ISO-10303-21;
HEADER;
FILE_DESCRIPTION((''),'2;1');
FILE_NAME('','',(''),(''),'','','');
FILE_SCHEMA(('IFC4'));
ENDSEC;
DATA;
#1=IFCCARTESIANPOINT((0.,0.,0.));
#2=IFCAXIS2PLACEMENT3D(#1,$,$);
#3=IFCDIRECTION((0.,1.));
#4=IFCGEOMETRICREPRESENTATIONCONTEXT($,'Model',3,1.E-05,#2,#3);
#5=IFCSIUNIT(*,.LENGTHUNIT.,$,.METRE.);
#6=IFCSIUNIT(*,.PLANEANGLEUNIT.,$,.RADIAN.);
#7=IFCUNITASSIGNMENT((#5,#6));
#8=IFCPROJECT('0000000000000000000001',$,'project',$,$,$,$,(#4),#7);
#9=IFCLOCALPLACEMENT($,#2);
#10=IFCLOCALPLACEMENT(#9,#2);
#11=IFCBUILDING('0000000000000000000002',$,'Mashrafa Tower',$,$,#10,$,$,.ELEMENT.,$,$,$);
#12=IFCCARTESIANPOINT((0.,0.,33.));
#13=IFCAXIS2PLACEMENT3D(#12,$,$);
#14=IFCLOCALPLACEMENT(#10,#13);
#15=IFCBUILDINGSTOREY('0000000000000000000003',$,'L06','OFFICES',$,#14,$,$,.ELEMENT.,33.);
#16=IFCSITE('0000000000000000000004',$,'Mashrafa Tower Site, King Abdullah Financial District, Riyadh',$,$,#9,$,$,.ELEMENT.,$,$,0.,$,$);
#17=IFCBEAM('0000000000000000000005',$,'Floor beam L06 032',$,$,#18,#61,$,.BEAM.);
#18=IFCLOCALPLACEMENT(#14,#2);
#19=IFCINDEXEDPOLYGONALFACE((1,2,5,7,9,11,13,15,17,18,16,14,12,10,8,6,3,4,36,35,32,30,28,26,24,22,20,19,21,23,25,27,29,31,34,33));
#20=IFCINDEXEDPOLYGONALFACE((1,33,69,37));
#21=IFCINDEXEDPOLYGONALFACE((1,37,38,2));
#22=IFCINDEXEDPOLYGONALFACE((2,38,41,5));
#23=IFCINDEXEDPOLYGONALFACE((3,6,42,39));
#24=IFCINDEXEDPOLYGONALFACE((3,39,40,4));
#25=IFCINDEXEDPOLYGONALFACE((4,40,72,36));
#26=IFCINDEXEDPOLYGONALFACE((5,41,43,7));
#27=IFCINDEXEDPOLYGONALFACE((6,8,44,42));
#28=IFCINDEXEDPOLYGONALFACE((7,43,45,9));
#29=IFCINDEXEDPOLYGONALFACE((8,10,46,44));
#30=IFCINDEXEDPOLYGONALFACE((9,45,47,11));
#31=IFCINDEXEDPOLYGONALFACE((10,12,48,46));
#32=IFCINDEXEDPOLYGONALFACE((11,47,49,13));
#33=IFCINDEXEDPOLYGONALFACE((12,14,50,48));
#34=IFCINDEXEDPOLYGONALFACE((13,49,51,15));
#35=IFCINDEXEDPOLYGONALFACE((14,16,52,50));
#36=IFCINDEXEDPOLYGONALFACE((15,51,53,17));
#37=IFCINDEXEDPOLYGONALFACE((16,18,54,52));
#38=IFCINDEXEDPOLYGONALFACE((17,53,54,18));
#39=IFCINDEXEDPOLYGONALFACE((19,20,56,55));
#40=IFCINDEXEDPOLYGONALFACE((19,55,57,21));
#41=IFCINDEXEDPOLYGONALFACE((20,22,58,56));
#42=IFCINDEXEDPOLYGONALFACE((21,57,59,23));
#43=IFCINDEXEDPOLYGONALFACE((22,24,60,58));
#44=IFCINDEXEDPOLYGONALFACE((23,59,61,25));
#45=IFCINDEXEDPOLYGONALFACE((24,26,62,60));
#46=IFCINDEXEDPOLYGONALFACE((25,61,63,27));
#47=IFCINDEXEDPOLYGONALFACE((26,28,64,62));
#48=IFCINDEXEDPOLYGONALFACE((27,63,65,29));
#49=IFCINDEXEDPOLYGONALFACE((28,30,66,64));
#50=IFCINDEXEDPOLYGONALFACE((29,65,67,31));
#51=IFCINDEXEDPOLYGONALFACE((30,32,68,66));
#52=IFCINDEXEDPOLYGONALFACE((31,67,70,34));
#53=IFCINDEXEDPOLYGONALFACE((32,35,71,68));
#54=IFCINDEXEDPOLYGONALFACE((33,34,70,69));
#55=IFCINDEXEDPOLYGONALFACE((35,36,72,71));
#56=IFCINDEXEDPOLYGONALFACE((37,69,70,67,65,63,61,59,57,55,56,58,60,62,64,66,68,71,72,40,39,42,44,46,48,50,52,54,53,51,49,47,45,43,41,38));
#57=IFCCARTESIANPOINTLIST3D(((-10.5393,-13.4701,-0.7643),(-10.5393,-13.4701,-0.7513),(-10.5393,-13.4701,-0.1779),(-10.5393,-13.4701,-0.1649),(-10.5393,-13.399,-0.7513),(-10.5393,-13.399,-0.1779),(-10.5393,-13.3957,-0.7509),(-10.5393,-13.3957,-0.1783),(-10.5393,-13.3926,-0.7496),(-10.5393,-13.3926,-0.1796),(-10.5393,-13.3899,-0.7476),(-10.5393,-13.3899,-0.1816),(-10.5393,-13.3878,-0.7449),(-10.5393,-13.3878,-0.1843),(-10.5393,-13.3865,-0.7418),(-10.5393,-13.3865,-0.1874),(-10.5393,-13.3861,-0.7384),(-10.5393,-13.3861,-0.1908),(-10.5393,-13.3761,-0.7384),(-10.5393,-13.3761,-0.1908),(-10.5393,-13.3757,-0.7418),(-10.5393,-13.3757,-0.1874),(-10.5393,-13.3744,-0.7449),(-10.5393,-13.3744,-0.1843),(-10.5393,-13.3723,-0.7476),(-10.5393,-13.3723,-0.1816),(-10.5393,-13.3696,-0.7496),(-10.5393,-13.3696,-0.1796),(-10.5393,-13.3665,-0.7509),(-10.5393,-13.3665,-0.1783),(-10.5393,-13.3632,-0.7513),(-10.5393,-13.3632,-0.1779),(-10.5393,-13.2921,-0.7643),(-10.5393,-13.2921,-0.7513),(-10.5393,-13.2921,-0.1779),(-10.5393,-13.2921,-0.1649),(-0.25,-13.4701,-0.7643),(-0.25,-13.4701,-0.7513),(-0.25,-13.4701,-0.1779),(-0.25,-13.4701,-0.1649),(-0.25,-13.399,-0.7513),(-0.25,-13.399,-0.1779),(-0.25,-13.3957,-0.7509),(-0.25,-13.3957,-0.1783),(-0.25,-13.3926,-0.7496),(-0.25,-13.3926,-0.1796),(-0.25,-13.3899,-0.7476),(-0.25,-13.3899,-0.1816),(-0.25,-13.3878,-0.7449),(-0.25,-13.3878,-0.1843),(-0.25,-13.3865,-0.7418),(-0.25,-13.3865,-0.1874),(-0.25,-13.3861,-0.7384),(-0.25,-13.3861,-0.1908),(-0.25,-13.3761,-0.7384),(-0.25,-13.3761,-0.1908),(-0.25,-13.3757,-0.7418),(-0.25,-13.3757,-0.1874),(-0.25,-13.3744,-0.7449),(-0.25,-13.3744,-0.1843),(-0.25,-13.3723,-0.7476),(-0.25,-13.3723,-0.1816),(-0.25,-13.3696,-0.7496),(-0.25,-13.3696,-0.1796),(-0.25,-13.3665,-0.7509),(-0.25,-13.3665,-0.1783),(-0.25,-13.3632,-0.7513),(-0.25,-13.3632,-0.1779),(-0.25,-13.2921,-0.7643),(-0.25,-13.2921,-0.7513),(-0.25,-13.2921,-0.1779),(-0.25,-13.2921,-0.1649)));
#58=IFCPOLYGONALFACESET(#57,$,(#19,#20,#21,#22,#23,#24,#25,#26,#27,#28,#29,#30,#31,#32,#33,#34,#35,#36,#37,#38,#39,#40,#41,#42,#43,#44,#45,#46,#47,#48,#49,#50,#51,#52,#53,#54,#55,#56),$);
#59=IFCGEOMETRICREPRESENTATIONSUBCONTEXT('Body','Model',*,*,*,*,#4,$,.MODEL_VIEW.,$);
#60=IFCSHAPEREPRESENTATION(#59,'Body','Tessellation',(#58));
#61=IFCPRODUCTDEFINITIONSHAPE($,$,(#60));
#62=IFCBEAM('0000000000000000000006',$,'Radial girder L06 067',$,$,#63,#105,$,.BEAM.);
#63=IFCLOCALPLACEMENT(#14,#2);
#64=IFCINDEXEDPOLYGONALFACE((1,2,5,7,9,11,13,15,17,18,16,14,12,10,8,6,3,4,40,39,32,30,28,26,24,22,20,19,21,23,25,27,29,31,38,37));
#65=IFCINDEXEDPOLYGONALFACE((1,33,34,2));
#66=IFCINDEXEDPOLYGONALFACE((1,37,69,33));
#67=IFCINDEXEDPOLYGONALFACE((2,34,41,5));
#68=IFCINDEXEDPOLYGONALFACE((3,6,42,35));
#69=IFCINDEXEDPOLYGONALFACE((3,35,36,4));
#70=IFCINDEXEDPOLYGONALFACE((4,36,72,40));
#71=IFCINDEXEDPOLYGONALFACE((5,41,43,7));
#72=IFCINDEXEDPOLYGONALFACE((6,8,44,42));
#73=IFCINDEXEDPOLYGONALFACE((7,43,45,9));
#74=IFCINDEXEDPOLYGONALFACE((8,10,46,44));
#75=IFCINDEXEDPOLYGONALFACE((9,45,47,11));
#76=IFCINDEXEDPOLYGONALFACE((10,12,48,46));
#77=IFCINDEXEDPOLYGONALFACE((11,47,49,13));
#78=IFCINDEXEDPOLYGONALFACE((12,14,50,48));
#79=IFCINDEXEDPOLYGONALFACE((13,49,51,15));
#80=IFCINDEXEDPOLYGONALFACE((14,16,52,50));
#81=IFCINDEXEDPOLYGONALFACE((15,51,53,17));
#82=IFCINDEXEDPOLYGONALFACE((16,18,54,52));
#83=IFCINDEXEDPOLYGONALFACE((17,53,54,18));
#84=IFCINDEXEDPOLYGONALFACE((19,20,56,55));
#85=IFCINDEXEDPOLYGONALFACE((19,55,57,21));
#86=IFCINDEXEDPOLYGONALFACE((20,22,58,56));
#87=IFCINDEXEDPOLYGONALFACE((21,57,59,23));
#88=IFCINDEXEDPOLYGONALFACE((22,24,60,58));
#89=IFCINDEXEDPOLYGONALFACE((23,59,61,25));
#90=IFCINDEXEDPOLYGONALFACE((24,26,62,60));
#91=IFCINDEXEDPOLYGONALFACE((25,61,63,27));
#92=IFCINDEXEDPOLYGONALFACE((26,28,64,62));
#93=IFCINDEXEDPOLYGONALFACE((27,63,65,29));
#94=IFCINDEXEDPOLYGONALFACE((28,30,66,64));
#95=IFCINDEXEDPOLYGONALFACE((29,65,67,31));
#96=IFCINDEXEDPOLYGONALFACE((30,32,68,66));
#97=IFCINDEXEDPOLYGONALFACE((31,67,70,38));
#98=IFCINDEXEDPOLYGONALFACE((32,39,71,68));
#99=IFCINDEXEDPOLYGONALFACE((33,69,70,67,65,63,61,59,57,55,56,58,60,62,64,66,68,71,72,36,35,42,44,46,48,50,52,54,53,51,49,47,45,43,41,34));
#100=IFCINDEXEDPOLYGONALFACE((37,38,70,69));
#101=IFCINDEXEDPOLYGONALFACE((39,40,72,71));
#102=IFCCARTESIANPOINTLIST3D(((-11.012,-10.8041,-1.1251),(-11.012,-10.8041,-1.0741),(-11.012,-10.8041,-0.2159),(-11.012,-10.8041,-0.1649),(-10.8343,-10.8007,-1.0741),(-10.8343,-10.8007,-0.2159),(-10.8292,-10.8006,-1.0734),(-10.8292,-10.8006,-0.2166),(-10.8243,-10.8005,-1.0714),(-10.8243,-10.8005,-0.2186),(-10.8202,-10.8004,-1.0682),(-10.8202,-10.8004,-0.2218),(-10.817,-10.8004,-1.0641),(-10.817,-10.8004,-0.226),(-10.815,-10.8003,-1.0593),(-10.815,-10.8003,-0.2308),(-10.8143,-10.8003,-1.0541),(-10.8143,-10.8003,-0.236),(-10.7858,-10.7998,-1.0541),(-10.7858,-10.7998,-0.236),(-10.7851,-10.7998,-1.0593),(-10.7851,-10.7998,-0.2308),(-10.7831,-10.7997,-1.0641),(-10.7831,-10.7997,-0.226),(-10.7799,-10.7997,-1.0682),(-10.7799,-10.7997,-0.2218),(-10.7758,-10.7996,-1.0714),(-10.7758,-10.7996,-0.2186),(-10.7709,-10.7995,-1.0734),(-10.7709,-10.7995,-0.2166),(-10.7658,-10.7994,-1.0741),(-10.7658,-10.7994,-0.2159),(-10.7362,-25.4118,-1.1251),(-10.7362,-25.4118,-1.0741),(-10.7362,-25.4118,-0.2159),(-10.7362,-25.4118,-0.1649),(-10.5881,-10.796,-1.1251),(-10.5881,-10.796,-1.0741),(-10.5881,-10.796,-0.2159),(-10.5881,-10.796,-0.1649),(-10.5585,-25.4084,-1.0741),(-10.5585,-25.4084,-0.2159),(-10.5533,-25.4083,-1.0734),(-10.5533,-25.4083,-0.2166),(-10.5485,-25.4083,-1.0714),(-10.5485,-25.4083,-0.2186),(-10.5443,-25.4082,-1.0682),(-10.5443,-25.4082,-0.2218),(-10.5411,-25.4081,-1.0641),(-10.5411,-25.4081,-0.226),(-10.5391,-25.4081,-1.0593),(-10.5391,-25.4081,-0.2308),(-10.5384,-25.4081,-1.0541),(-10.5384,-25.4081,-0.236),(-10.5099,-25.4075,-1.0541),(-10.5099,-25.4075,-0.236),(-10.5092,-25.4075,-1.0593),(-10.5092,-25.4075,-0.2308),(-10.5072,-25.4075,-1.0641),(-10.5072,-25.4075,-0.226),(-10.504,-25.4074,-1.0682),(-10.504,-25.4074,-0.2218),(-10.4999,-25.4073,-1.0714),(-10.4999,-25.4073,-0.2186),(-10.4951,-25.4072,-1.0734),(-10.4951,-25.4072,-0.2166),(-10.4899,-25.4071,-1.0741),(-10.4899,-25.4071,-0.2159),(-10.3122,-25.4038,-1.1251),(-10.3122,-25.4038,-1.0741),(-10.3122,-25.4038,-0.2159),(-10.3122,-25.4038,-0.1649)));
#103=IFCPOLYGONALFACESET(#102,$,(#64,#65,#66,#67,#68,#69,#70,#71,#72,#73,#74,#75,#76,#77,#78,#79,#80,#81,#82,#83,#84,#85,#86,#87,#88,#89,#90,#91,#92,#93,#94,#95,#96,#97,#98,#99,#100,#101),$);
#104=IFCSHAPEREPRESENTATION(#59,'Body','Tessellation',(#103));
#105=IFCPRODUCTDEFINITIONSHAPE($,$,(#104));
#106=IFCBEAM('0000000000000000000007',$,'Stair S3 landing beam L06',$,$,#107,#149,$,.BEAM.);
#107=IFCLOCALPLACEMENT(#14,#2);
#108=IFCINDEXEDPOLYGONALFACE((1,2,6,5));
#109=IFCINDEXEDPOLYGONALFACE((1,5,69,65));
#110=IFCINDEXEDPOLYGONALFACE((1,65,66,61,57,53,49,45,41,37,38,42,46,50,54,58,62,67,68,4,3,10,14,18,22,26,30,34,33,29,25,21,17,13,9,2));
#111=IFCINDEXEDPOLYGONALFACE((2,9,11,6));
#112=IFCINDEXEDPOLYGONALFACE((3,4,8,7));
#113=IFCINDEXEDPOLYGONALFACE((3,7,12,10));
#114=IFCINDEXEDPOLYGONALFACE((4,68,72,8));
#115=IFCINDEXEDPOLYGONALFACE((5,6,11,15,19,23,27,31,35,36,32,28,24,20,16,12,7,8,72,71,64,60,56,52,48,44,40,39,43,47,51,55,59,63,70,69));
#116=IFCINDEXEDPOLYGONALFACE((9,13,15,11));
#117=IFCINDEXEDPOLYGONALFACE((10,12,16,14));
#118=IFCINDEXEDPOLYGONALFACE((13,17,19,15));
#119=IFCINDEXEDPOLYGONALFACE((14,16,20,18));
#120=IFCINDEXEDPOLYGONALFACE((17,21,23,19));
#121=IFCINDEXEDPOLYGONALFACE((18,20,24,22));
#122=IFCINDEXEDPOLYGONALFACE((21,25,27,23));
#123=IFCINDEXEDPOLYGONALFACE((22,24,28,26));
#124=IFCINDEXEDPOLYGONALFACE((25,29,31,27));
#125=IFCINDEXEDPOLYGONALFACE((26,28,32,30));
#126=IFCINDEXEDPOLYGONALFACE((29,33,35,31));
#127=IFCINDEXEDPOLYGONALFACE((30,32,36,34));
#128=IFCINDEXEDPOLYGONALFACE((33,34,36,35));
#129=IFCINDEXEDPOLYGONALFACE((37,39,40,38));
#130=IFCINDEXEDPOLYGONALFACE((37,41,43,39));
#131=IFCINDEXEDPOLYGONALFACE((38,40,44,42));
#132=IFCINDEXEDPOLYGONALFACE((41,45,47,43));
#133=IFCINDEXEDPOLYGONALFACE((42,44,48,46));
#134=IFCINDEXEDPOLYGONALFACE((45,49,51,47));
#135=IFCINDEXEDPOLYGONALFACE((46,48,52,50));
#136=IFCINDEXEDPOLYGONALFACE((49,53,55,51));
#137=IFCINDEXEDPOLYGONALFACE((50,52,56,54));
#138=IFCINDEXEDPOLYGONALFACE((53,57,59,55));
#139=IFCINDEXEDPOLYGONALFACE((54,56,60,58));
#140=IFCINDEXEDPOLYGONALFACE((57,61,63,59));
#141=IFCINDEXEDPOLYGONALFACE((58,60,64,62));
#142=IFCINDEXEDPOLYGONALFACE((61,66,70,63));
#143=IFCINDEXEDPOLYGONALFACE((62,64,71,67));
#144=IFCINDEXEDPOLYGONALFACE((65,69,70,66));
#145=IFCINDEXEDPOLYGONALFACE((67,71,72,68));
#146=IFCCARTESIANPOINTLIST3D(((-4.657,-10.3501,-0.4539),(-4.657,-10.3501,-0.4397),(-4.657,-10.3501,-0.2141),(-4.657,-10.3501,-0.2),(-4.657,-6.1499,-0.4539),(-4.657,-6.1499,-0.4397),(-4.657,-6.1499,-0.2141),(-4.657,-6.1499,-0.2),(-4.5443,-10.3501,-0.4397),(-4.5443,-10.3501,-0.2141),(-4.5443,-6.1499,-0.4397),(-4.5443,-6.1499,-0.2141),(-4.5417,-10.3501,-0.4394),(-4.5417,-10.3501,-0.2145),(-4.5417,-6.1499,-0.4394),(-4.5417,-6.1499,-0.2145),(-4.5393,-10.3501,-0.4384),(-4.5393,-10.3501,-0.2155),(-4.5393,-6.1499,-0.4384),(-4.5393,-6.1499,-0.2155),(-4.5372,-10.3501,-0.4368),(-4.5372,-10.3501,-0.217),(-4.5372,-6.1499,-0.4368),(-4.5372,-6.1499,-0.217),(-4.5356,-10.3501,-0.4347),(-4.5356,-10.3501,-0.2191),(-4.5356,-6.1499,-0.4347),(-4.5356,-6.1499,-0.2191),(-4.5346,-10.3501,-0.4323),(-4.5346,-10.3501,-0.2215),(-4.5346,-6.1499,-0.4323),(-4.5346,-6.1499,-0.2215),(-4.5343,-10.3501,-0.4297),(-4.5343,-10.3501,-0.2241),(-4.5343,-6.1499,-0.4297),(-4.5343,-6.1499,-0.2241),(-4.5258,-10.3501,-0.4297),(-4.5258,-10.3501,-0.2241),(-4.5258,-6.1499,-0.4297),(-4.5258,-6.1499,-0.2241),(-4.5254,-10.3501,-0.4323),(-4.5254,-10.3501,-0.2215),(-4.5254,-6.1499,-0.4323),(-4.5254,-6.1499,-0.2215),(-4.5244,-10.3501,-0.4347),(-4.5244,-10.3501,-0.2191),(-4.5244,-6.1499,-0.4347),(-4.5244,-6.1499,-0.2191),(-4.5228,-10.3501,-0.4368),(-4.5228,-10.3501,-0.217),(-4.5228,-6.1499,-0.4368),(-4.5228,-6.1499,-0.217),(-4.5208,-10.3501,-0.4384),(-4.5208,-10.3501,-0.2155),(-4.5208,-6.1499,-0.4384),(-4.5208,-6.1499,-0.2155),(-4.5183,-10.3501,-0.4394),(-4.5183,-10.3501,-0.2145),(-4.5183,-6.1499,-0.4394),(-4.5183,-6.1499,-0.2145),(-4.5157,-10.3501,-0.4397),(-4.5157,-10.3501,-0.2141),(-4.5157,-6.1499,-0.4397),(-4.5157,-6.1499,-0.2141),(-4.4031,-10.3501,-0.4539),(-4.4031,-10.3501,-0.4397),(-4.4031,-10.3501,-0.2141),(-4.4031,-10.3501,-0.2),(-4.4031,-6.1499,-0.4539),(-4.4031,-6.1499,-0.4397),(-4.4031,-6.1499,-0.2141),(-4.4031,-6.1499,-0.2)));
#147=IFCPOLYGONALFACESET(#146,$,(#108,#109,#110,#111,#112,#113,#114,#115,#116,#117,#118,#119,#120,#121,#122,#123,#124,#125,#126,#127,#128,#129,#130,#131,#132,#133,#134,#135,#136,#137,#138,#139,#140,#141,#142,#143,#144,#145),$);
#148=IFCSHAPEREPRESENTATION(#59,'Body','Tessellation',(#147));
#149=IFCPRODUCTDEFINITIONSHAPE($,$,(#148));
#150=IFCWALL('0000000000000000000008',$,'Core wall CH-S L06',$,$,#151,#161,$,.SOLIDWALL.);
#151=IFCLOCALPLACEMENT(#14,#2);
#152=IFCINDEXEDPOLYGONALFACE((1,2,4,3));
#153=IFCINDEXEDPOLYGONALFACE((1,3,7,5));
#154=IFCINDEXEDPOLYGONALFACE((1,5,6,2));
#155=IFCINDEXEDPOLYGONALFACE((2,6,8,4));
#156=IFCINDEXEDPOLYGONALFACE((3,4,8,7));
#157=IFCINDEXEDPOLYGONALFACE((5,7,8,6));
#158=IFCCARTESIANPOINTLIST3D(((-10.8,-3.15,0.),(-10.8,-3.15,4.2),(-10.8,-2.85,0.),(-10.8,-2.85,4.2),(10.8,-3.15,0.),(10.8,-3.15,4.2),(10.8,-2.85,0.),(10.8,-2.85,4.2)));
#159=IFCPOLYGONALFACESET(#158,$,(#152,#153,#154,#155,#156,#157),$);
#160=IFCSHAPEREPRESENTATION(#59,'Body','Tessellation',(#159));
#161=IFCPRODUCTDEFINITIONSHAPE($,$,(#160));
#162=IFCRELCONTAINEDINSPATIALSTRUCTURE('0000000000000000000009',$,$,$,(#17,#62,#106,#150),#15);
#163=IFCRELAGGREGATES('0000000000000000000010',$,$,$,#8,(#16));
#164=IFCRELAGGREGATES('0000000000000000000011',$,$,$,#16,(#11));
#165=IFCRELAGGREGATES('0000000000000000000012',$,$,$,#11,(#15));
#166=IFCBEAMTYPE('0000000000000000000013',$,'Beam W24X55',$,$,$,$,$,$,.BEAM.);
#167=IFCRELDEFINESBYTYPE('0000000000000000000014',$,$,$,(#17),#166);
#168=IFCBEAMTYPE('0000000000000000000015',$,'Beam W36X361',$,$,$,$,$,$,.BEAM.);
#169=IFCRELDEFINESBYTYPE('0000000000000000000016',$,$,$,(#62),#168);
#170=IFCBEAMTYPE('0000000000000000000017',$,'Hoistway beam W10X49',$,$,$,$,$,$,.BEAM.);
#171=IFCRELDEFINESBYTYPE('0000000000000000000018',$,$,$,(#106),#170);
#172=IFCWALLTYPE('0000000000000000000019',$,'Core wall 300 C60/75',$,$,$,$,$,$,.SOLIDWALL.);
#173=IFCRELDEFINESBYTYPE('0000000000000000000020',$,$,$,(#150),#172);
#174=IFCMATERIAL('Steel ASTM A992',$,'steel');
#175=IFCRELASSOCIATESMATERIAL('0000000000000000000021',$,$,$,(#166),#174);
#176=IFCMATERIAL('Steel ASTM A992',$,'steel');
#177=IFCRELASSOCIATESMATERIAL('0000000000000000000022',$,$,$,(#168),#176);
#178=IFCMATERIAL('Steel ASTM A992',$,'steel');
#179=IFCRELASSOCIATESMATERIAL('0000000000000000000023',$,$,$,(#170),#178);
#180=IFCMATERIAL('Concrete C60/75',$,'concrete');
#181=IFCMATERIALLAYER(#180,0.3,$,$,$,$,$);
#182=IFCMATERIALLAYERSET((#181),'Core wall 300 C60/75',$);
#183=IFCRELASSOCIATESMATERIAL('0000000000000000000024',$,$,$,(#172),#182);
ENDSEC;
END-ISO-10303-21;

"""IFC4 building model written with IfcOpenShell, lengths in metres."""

from ifc_helpers import new_model, si_unit, direction, frame, frame_2d, origin, origin_2d, place, context, subcontext, project, spatial, rectangle, i_section, extrude, material, layer, layer_set, material_profile, profile_set, type_object, element, save


model = new_model("IFC4")

# Units and contexts
model_context = context("Model", 3, precision=1e-05, world=origin(), true_north=direction((0.0, 1.0)))
body_context = subcontext(model_context, "Body", "Model", "MODEL_VIEW")
ifc_project = project(units=[si_unit("LENGTHUNIT", "METRE"), si_unit("PLANEANGLEUNIT", "RADIAN")], contexts=[model_context])

# Site, building, storey
site_placement = place(None, origin())
site = spatial("IfcSite", under=ifc_project, at=site_placement, Name="Mashrafa Tower Site, King Abdullah Financial District, Riyadh", CompositionType="ELEMENT", RefElevation=0.0)
building_placement = place(site_placement, origin())
building = spatial("IfcBuilding", under=site, at=building_placement, Name="Mashrafa Tower", CompositionType="ELEMENT")
storey_placement = place(building_placement, frame((0.0, 0.0, 33.0)))
storey = spatial("IfcBuildingStorey", under=building, at=storey_placement, Name="L06", Description="OFFICES", CompositionType="ELEMENT", Elevation=33.0)

# Beams
ifc_material_1 = material(Name="Steel ASTM A992", Category="steel")
ifc_material_profile_1 = material_profile(ifc_material_1, i_section(OverallWidth=0.178, OverallDepth=0.5994, WebThickness=0.01, FlangeThickness=0.0129, FilletRadius=0.0129, at=origin_2d()), Name="W24X55")
ifc_profile_set_1 = profile_set([ifc_material_profile_1], Name="Steel ASTM A992")
beam_type_1 = type_object("IfcBeamType", Name="Beam W24X55", PredefinedType="BEAM", material=ifc_profile_set_1)
beam_1_placement = place(storey_placement, frame((-0.25, -13.3811, -0.4646), z_axis=(-1.0, 0.0, 0.0), x_axis=(0.0, -1.0, 0.0)))
element("IfcBeam", 1, at=beam_1_placement, inside=storey, type_object=beam_type_1, Name="Floor beam L06 032", PredefinedType="BEAM", context=body_context, shape_type="SweptSolid", body=[
    extrude(i_section(OverallWidth=0.178, OverallDepth=0.5994, WebThickness=0.01, FlangeThickness=0.0129, FilletRadius=0.0129, at=origin_2d()), origin(), (0.0, 0.0, 1.0), 10.2893),
])
ifc_material_2 = material(Name="Steel ASTM A992", Category="steel")
ifc_material_profile_2 = material_profile(ifc_material_2, i_section(OverallWidth=0.4241, OverallDepth=0.9602, WebThickness=0.0286, FlangeThickness=0.051, FilletRadius=0.02, at=origin_2d()), Name="W36X361")
ifc_profile_set_2 = profile_set([ifc_material_profile_2], Name="Steel ASTM A992")
beam_type_2 = type_object("IfcBeamType", Name="Beam W36X361", PredefinedType="BEAM", material=ifc_profile_set_2)
beam_2_placement = place(storey_placement, frame((-10.8, -10.8, -0.645), z_axis=(0.018883, -0.999822, 0.0), x_axis=(0.999822, 0.018883, 0.0)))
element("IfcBeam", 2, at=beam_2_placement, inside=storey, type_object=beam_type_2, Name="Radial girder L06 067", PredefinedType="BEAM", context=body_context, shape_type="SweptSolid", body=[
    extrude(i_section(OverallWidth=0.4241, OverallDepth=0.9602, WebThickness=0.0286, FlangeThickness=0.051, FilletRadius=0.02, at=origin_2d()), origin(), (0.0, 0.0, 1.0), 14.6104),
])
ifc_material_3 = material(Name="Steel ASTM A992", Category="steel")
ifc_material_profile_3 = material_profile(ifc_material_3, i_section(OverallWidth=0.2539, OverallDepth=0.2539, WebThickness=0.0085, FlangeThickness=0.0142, FilletRadius=0.01, at=origin_2d()), Name="W10X49")
ifc_profile_set_3 = profile_set([ifc_material_profile_3], Name="Steel ASTM A992")
beam_type_3 = type_object("IfcBeamType", Name="Hoistway beam W10X49", PredefinedType="BEAM", material=ifc_profile_set_3)
beam_3_placement = place(storey_placement, frame((-4.53, -10.3501, -0.3269), z_axis=(0.0, 1.0, 0.0), x_axis=(-1.0, 0.0, 0.0)))
element("IfcBeam", 3, at=beam_3_placement, inside=storey, type_object=beam_type_3, Name="Stair S3 landing beam L06", PredefinedType="BEAM", context=body_context, shape_type="SweptSolid", body=[
    extrude(i_section(OverallWidth=0.2539, OverallDepth=0.2539, WebThickness=0.0085, FlangeThickness=0.0142, FilletRadius=0.01, at=origin_2d()), origin(), (0.0, 0.0, 1.0), 4.2002),
])

# Wall
ifc_material_4 = material(Name="Concrete C60/75", Category="concrete")
ifc_layer_1 = layer(ifc_material_4, 0.3)
ifc_layer_set_1 = layer_set([ifc_layer_1], Name="Core wall 300 C60/75")
wall_type_1 = type_object("IfcWallType", Name="Core wall 300 C60/75", PredefinedType="SOLIDWALL", material=ifc_layer_set_1)
wall_1_placement = place(storey_placement, frame((-10.8, -3.0, 0.0), z_axis=(0.0, 0.0, 1.0), x_axis=(1.0, 0.0, 0.0)))
element("IfcWall", 4, at=wall_1_placement, inside=storey, type_object=wall_type_1, Name="Core wall CH-S L06", PredefinedType="SOLIDWALL", context=body_context, shape_type="SweptSolid", body=[
    extrude(rectangle(XDim=21.6001, YDim=0.3, at=frame_2d((10.8, 0.0))), origin(), (0.0, 0.0, 1.0), 4.2),
])

save(model, "model.ifc")
